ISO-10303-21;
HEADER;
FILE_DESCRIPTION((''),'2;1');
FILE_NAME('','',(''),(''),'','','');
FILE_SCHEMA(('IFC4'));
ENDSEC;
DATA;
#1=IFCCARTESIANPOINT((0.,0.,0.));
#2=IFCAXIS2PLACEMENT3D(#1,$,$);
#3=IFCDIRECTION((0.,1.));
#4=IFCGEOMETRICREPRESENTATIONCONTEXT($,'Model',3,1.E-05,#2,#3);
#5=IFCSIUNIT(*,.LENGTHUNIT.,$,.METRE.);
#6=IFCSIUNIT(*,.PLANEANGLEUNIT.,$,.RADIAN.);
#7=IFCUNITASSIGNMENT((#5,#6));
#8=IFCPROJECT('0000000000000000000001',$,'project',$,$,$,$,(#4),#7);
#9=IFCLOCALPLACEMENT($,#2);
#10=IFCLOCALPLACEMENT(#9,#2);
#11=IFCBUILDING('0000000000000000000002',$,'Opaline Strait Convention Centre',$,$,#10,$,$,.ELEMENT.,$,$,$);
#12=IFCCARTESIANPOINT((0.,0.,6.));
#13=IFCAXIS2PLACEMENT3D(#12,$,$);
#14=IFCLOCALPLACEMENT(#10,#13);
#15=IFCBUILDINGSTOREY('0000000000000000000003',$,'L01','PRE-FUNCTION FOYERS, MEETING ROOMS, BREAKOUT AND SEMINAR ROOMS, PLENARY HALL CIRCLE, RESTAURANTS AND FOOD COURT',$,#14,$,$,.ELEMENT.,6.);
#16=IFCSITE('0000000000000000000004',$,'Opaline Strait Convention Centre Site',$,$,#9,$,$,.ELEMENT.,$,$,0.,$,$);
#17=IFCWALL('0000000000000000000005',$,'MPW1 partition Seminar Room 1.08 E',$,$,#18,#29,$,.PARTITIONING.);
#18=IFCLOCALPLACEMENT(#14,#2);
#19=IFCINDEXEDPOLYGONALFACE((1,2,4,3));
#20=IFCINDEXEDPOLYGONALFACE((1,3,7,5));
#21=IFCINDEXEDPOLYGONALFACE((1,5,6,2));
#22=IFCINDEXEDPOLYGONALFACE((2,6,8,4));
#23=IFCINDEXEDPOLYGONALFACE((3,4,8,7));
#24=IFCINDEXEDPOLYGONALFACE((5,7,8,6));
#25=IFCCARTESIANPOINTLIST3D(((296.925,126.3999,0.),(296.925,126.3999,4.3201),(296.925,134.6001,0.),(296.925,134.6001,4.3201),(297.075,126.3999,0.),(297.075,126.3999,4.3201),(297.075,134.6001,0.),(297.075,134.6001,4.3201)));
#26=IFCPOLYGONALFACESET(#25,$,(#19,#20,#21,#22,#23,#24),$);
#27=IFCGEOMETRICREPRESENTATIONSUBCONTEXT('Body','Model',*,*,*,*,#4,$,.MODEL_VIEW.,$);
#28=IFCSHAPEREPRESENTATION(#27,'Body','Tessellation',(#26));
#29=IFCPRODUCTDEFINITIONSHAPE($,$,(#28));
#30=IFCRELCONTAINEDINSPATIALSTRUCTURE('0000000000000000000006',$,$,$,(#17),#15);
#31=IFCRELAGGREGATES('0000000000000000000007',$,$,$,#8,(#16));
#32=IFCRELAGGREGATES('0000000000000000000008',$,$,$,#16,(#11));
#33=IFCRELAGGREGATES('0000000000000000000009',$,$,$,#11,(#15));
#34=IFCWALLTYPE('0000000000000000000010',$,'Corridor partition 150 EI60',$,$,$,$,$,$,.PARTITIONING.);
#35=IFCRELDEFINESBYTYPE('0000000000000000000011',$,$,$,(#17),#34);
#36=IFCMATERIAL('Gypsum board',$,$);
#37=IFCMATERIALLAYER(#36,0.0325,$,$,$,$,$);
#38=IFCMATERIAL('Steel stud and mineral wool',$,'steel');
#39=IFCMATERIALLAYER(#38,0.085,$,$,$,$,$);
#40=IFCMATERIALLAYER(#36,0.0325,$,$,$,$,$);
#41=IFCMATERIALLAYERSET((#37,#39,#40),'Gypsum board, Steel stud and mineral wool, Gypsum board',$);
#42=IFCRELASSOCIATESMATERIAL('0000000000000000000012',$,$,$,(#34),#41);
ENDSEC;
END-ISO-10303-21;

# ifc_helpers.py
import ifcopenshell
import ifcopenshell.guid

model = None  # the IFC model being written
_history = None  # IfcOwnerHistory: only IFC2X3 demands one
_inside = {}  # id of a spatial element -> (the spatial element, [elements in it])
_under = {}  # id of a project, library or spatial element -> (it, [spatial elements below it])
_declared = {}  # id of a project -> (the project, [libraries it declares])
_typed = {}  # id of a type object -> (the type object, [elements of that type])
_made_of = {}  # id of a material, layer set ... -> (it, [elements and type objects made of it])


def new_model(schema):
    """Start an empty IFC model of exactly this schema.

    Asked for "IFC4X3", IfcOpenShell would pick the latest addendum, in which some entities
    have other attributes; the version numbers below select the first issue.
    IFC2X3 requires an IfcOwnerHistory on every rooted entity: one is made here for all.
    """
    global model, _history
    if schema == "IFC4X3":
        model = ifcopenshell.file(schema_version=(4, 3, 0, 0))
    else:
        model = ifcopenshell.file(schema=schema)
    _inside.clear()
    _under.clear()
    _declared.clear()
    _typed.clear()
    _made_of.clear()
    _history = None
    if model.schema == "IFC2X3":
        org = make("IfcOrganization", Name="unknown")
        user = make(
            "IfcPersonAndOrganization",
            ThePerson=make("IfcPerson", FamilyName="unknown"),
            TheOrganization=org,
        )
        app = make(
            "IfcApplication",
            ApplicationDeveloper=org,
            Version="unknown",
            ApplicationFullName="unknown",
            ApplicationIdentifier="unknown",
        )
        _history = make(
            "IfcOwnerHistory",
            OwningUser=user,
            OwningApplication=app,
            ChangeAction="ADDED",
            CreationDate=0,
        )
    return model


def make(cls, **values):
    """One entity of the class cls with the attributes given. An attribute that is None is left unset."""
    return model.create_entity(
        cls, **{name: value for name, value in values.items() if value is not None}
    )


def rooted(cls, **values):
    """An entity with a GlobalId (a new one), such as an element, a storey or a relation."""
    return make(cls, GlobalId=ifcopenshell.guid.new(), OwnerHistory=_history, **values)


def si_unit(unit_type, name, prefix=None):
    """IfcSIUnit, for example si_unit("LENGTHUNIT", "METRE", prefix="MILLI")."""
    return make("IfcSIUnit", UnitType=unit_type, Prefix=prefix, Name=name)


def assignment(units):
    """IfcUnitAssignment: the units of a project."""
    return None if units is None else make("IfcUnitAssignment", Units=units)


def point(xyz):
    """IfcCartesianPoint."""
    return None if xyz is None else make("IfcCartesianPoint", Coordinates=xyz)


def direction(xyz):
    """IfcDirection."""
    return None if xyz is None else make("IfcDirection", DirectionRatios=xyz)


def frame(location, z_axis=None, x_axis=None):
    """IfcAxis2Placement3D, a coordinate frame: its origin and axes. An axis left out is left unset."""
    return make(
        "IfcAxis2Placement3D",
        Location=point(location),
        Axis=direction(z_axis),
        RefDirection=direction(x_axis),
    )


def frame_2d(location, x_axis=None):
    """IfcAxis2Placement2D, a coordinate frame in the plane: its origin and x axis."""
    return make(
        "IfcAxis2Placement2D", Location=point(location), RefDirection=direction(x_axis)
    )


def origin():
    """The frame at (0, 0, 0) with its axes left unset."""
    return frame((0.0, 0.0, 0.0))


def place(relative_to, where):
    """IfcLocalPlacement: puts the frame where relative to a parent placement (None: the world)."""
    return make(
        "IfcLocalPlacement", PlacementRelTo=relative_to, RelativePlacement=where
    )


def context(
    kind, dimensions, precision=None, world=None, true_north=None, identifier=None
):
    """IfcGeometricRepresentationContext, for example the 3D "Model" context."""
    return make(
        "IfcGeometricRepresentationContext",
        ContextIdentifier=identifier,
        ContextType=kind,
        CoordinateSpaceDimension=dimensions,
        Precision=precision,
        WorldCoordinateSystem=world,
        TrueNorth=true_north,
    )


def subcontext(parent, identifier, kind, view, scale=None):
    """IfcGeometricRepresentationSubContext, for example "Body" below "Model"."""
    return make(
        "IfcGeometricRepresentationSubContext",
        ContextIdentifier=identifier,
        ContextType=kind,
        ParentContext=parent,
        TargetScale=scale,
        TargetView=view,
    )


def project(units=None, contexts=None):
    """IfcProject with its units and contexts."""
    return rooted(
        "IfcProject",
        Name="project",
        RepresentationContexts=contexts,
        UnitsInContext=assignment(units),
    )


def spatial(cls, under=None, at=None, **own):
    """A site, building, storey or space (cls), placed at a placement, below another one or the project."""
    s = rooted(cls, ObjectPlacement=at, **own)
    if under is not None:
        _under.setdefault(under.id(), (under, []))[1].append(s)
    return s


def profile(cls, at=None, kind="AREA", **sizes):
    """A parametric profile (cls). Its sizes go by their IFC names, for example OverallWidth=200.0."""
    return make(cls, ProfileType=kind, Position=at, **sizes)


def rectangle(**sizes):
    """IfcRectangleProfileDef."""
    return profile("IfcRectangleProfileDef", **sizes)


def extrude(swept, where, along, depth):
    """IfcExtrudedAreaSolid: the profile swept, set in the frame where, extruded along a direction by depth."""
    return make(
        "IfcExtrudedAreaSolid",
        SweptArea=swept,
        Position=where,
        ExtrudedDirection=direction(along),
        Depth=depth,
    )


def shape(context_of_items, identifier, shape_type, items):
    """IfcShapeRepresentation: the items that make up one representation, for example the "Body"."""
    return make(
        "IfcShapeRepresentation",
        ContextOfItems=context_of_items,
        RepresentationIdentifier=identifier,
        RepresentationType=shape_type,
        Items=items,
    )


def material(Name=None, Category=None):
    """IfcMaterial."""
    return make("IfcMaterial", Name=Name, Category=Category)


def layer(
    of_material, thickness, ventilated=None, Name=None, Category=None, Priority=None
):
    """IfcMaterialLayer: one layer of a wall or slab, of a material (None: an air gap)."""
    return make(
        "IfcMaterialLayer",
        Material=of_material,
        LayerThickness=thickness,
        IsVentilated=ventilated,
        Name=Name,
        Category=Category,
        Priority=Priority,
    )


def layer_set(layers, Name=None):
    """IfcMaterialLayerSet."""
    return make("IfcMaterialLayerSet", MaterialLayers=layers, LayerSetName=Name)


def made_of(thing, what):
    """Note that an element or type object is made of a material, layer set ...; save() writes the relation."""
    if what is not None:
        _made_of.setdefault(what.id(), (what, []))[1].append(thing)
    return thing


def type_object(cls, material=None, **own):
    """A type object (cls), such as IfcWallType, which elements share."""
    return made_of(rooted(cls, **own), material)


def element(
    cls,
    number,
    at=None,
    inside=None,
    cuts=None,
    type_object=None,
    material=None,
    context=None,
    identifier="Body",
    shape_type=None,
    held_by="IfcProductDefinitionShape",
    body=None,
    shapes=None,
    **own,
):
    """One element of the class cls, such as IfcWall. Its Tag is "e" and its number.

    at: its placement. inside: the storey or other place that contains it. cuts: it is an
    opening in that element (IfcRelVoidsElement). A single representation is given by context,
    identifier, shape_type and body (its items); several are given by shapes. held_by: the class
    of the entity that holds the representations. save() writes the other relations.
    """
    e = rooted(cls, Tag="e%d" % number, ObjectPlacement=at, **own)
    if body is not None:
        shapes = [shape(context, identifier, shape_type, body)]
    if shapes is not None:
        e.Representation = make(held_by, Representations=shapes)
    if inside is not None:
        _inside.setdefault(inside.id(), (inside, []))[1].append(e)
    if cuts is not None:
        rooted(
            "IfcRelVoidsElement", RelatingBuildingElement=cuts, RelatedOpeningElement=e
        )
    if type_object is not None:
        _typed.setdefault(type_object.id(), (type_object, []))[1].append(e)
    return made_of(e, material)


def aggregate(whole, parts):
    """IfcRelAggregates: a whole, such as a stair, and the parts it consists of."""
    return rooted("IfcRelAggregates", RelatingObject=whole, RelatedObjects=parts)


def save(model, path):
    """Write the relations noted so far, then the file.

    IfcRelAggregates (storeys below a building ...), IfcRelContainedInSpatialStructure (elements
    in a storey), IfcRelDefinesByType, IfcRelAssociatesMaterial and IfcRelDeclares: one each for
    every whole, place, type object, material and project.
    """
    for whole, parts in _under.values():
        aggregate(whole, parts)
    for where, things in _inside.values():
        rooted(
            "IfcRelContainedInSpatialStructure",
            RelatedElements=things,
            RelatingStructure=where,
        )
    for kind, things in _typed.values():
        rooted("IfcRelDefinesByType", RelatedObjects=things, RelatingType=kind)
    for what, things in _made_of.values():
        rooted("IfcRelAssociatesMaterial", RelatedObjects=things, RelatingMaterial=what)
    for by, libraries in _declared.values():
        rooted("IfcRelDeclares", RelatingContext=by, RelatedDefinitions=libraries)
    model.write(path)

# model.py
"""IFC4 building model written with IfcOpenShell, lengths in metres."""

from ifc_helpers import new_model, si_unit, direction, frame, frame_2d, origin, place, context, subcontext, project, spatial, rectangle, extrude, material, layer, layer_set, type_object, element, save


model = new_model("IFC4")

# Units and contexts
model_context = context("Model", 3, precision=1e-05, world=origin(), true_north=direction((0.0, 1.0)))
body_context = subcontext(model_context, "Body", "Model", "MODEL_VIEW")
ifc_project = project(units=[si_unit("LENGTHUNIT", "METRE"), si_unit("PLANEANGLEUNIT", "RADIAN")], contexts=[model_context])

# Site, building, storey
site_placement = place(None, origin())
site = spatial("IfcSite", under=ifc_project, at=site_placement, Name="Opaline Strait Convention Centre Site", CompositionType="ELEMENT", RefElevation=0.0)
building_placement = place(site_placement, origin())
building = spatial("IfcBuilding", under=site, at=building_placement, Name="Opaline Strait Convention Centre", CompositionType="ELEMENT")
storey_placement = place(building_placement, frame((0.0, 0.0, 6.0)))
storey = spatial("IfcBuildingStorey", under=building, at=storey_placement, Name="L01", Description="PRE-FUNCTION FOYERS, MEETING ROOMS, BREAKOUT AND SEMINAR ROOMS, PLENARY HALL CIRCLE, RESTAURANTS AND FOOD COURT", CompositionType="ELEMENT", Elevation=6.0)

# Shared definitions
ifc_material_1 = material(Name="Gypsum board")
ifc_material_2 = material(Name="Steel stud and mineral wool", Category="steel")

# Shared definitions
ifc_layer_1 = layer(ifc_material_1, 0.0325)
ifc_layer_2 = layer(ifc_material_2, 0.085)
ifc_layer_3 = layer(ifc_material_1, 0.0325)
ifc_layer_set_1 = layer_set([ifc_layer_1, ifc_layer_2, ifc_layer_3], Name="Gypsum board, Steel stud and mineral wool, Gypsum board")
wall_type_1 = type_object("IfcWallType", Name="Corridor partition 150 EI60", PredefinedType="PARTITIONING", material=ifc_layer_set_1)

# Wall
wall_1_placement = place(storey_placement, frame((297.0, 126.3999, 0.0), z_axis=(0.0, 0.0, 1.0), x_axis=(0.0, 1.0, 0.0)))
element("IfcWall", 1, at=wall_1_placement, inside=storey, type_object=wall_type_1, Name="MPW1 partition Seminar Room 1.08 E", PredefinedType="PARTITIONING", context=body_context, shape_type="SweptSolid", body=[
    extrude(rectangle(XDim=8.2002, YDim=0.1499, at=frame_2d((4.1001, 0.0))), origin(), (0.0, 0.0, 1.0), 4.3201),
])

save(model, "model.ifc")
